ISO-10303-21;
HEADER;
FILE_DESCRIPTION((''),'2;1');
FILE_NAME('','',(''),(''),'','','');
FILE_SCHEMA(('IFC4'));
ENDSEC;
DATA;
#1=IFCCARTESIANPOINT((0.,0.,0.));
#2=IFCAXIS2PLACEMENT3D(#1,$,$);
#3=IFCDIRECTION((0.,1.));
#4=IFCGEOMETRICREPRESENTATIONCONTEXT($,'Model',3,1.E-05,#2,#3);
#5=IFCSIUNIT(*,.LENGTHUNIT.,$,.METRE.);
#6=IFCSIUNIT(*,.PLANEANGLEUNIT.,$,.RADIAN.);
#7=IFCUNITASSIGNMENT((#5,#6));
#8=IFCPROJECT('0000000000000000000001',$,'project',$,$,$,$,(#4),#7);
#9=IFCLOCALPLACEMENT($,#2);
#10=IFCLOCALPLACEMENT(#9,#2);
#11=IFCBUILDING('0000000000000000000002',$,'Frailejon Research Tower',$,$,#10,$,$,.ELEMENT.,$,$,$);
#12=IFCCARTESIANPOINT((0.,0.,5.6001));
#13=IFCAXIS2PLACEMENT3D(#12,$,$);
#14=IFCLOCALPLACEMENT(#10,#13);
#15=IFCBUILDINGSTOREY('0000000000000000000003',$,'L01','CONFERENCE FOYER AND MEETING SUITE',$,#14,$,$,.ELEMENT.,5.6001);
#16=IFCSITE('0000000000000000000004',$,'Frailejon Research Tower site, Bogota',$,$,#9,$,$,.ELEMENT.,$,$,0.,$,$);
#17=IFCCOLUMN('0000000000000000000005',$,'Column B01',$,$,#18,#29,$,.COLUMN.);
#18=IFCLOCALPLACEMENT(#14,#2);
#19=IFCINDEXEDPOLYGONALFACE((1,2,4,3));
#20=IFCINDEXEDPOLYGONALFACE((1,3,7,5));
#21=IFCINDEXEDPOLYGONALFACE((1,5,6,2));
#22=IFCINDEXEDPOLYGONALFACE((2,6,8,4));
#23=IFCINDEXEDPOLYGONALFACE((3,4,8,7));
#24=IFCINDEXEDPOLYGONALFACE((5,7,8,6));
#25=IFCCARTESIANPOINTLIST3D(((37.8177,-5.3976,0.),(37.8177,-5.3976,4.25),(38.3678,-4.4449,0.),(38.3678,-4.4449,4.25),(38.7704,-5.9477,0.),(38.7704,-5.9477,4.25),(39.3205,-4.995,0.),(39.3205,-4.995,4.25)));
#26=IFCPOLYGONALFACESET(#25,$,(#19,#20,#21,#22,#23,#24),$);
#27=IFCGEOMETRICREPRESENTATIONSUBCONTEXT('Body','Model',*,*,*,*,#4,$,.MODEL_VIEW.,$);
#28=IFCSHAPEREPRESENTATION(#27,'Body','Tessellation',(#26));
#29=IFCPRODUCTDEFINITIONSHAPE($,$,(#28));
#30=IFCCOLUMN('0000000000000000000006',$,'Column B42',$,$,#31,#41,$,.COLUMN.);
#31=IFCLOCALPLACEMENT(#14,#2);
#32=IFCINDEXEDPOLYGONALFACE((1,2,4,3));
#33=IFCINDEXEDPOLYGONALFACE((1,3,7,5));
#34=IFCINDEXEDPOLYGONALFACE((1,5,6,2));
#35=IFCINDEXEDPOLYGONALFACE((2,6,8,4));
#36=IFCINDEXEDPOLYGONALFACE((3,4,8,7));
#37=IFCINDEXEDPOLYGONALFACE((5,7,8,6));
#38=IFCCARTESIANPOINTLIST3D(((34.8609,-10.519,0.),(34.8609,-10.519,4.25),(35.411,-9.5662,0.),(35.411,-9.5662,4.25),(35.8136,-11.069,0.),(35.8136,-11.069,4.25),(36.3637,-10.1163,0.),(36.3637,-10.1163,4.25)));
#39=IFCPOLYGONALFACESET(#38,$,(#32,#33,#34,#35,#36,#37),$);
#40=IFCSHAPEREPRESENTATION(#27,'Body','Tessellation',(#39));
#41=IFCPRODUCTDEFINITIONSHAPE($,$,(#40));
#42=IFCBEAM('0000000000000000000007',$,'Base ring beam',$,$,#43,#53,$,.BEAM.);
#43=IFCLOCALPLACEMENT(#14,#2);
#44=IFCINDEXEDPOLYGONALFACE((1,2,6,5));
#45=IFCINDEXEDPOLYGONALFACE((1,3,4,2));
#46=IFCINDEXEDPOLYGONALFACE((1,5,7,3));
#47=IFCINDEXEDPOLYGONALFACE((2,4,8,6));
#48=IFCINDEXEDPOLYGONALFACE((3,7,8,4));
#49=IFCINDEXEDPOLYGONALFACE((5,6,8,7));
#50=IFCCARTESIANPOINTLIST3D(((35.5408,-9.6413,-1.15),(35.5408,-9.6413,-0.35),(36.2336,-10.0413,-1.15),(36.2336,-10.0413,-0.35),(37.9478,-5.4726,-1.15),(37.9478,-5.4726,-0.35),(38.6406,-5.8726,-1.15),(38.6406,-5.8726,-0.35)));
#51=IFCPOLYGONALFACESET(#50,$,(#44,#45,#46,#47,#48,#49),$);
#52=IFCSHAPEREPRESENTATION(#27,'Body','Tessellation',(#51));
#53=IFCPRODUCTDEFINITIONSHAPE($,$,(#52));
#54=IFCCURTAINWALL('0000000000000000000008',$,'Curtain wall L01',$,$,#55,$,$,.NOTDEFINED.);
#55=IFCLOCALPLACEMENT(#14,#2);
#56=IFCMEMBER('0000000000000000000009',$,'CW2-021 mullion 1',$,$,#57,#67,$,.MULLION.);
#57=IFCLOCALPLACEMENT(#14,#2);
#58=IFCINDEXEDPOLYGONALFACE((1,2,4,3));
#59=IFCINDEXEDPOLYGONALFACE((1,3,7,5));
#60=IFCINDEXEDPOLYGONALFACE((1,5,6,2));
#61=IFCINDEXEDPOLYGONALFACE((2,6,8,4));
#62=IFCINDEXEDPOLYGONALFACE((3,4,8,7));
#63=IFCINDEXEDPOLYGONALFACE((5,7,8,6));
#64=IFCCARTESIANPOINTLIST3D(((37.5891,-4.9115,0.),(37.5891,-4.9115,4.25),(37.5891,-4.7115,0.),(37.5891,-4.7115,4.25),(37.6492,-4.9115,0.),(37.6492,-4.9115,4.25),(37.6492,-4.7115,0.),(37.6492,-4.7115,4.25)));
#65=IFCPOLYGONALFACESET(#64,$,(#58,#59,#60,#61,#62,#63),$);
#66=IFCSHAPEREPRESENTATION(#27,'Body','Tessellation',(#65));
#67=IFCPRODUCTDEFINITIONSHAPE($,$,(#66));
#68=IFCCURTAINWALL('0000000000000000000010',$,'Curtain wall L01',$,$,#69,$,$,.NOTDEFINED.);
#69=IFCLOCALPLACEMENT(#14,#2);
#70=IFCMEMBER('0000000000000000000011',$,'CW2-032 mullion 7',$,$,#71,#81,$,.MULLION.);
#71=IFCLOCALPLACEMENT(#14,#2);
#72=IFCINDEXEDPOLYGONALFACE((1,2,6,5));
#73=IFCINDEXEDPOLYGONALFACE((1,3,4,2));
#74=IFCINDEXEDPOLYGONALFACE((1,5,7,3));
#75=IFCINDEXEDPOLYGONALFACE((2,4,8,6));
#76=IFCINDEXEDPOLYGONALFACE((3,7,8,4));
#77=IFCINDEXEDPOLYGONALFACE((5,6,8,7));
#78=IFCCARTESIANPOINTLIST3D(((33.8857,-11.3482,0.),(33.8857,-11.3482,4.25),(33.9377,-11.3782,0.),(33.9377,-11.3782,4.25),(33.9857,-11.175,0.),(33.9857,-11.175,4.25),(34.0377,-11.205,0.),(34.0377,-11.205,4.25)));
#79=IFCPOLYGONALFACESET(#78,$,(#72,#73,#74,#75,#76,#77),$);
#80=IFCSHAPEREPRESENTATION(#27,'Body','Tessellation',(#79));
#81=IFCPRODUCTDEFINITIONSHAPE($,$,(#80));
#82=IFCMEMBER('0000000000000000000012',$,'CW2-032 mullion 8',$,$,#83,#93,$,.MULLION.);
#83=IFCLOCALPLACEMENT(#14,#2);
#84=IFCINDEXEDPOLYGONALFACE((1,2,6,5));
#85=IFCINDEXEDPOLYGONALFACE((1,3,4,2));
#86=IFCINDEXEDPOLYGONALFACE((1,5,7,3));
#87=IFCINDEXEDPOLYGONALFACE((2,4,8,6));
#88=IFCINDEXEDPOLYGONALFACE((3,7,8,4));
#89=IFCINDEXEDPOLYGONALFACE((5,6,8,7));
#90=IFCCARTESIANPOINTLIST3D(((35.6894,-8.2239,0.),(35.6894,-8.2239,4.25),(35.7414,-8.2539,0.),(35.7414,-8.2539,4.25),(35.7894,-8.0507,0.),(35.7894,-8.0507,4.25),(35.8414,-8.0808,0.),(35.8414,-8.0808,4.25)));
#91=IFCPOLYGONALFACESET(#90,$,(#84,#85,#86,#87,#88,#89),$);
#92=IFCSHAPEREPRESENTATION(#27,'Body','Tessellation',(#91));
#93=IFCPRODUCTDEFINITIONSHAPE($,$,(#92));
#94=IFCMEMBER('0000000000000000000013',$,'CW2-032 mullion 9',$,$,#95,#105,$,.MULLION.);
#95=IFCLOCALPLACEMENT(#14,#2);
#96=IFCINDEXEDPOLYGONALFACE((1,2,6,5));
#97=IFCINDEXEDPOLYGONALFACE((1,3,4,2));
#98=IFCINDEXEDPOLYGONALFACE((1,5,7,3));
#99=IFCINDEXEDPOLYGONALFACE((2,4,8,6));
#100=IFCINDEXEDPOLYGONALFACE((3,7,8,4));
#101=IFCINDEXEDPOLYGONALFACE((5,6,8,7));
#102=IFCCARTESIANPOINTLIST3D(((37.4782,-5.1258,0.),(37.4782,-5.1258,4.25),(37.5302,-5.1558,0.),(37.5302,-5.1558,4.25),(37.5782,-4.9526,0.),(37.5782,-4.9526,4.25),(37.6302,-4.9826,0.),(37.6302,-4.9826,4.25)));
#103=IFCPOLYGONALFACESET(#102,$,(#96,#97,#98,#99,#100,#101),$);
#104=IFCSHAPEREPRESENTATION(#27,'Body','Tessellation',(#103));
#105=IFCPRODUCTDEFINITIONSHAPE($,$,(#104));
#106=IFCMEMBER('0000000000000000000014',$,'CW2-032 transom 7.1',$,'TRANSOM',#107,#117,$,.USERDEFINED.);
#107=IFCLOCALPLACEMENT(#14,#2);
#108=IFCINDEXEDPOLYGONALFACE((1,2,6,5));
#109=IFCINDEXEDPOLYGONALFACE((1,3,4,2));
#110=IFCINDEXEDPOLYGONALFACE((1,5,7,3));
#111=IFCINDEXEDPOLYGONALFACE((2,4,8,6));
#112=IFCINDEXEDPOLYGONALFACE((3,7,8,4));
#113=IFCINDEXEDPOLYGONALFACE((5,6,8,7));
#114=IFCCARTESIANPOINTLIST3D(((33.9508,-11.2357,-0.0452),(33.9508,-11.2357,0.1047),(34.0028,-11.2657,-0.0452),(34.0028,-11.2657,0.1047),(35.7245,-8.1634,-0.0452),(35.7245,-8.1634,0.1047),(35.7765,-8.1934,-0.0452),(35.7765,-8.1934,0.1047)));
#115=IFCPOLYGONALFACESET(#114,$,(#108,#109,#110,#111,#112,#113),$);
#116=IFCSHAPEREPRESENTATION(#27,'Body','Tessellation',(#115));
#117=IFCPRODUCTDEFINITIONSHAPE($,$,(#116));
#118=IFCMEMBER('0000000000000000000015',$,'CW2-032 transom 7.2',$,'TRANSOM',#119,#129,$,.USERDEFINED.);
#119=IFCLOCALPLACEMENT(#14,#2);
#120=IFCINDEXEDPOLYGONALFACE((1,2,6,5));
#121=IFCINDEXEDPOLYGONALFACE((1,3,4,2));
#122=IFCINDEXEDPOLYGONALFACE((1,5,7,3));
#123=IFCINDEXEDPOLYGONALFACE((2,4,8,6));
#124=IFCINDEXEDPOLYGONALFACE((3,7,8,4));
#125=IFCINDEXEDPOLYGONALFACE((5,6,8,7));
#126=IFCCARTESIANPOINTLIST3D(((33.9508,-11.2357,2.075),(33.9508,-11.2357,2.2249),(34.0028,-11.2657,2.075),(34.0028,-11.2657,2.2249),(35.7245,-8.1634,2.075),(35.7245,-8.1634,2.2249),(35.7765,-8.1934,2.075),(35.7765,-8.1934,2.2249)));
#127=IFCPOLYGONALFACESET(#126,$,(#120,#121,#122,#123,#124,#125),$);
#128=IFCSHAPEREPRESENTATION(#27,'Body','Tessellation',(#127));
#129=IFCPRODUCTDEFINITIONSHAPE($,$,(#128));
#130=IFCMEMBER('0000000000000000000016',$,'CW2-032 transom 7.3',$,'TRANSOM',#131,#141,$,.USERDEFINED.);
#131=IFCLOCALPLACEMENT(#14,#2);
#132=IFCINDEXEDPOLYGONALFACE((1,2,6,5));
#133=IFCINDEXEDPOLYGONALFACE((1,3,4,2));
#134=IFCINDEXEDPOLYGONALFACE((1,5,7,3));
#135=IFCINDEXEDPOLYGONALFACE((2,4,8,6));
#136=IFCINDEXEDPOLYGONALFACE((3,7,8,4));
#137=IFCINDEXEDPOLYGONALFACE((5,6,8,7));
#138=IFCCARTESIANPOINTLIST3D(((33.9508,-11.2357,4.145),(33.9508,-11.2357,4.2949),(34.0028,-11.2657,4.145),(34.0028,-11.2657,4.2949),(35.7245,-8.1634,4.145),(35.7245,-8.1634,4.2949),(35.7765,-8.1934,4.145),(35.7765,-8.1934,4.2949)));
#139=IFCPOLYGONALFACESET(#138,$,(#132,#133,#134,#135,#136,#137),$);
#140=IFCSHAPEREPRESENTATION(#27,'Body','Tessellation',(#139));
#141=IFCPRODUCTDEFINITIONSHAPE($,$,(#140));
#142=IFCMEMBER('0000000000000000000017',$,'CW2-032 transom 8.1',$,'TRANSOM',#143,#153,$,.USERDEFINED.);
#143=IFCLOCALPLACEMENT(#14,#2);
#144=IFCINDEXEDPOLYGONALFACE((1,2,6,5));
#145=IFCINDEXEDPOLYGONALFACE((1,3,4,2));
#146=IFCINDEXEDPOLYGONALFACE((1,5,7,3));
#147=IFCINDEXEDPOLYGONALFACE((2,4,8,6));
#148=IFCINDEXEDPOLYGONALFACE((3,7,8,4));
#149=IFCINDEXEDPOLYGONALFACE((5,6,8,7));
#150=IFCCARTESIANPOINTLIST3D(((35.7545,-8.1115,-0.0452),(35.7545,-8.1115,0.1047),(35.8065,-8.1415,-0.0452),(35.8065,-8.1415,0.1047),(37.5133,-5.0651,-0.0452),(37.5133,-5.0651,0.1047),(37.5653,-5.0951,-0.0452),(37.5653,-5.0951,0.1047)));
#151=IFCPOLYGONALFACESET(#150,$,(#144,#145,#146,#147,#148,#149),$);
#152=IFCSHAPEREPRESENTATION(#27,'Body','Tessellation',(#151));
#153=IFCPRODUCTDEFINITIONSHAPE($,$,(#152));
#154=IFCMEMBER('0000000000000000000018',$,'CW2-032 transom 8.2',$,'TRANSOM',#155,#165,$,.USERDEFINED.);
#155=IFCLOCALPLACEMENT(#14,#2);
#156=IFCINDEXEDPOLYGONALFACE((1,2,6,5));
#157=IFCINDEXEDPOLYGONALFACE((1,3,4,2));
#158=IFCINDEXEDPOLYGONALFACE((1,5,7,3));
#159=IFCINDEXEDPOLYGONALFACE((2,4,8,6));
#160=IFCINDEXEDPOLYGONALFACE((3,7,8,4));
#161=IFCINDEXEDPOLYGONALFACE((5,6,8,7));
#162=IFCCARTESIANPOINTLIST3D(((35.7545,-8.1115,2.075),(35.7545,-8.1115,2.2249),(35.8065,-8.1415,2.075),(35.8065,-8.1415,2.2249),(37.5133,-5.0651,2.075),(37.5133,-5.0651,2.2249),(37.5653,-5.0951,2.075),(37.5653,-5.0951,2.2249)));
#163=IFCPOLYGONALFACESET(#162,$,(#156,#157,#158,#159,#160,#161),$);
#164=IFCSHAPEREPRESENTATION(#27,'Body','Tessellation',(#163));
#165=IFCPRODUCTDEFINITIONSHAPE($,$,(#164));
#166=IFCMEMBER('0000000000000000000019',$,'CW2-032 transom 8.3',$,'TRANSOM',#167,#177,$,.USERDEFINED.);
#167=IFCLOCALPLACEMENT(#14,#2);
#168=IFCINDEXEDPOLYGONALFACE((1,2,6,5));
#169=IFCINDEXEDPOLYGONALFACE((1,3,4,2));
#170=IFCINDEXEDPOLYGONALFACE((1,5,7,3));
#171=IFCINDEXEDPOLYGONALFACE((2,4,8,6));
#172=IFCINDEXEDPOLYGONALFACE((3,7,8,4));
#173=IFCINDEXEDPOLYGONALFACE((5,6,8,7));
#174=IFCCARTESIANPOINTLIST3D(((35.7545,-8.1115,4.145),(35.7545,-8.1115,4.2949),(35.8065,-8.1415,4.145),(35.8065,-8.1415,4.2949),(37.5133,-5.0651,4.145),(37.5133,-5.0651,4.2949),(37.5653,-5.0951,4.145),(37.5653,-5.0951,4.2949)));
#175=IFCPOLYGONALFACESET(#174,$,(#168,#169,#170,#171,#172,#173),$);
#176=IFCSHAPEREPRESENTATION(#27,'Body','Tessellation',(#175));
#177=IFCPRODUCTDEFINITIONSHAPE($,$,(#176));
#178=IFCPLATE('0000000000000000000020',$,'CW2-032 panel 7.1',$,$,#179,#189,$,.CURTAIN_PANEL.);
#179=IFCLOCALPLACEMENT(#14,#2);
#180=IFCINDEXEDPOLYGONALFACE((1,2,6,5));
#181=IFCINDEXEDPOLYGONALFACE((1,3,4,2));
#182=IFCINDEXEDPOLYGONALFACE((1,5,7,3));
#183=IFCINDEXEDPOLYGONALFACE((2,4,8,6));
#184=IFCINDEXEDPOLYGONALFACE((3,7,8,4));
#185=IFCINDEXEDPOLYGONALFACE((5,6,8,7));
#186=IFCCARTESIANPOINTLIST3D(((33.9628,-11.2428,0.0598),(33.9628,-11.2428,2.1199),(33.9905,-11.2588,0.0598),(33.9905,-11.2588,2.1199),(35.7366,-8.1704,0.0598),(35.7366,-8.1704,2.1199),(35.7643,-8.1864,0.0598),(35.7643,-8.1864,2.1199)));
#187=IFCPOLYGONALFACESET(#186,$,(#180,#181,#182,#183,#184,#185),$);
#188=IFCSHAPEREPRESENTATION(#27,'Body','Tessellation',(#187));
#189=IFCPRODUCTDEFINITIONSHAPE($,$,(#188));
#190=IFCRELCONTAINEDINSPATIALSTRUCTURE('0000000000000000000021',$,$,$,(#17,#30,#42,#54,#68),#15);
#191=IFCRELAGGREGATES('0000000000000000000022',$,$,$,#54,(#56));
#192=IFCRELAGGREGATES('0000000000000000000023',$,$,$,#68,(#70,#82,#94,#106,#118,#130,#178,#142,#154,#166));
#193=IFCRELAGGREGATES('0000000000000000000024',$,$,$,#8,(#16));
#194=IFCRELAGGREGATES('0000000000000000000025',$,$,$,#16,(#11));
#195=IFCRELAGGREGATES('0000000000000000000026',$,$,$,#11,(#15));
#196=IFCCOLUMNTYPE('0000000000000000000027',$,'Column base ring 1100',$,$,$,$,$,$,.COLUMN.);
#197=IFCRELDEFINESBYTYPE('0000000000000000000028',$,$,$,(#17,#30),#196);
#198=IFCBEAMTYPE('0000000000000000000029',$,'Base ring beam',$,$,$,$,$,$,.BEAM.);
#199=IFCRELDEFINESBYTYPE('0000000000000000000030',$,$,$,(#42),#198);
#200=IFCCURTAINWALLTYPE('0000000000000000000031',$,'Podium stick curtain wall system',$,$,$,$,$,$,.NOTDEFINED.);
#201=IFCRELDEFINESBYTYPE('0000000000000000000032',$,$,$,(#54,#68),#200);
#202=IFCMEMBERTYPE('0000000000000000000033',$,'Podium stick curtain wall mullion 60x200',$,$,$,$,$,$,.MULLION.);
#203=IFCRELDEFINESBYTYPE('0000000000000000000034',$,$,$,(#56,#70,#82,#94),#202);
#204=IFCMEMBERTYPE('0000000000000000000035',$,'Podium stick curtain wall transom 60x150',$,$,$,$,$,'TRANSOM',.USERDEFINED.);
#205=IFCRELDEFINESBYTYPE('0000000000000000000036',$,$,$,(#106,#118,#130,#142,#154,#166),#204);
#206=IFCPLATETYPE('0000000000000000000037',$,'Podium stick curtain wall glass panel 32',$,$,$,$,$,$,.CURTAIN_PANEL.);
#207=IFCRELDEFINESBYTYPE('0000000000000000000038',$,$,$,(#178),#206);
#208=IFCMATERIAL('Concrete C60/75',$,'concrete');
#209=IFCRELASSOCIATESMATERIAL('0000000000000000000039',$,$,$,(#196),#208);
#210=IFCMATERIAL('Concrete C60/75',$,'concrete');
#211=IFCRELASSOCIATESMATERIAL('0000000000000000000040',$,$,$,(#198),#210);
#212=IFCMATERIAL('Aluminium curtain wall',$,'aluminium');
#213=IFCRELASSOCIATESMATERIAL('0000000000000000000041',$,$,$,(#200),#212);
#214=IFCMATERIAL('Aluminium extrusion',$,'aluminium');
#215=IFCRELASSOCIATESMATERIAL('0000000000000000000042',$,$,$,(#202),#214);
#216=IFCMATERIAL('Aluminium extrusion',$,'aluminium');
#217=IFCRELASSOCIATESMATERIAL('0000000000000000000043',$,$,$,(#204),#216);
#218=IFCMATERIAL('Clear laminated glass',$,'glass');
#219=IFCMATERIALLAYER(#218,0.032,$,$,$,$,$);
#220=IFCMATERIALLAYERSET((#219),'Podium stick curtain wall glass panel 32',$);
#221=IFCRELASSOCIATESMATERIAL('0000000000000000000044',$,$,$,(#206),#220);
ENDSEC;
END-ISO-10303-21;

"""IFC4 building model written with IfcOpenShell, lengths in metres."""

from ifc_helpers import new_model, si_unit, direction, frame, origin, origin_2d, place, context, subcontext, project, spatial, rectangle, extrude, material, layer, layer_set, material_profile, profile_set, type_object, element, aggregate, save


model = new_model("IFC4")

# Units and contexts
model_context = context("Model", 3, precision=1e-05, world=origin(), true_north=direction((0.0, 1.0)))
body_context = subcontext(model_context, "Body", "Model", "MODEL_VIEW")
ifc_project = project(units=[si_unit("LENGTHUNIT", "METRE"), si_unit("PLANEANGLEUNIT", "RADIAN")], contexts=[model_context])

# Site, building, storey
site_placement = place(None, origin())
site = spatial("IfcSite", under=ifc_project, at=site_placement, Name="Frailejon Research Tower site, Bogota", CompositionType="ELEMENT", RefElevation=0.0)
building_placement = place(site_placement, origin())
building = spatial("IfcBuilding", under=site, at=building_placement, Name="Frailejon Research Tower", CompositionType="ELEMENT")
storey_placement = place(building_placement, frame((0.0, 0.0, 5.6001)))
storey = spatial("IfcBuildingStorey", under=building, at=storey_placement, Name="L01", Description="CONFERENCE FOYER AND MEETING SUITE", CompositionType="ELEMENT", Elevation=5.6001)

# Columns
ifc_material_1 = material(Name="Concrete C60/75", Category="concrete")
ifc_material_profile_1 = material_profile(ifc_material_1, rectangle(XDim=1.1001, YDim=1.1001, at=origin_2d()), Name="Column base ring 1100")
ifc_profile_set_1 = profile_set([ifc_material_profile_1], Name="Concrete C60/75")
column_type = type_object("IfcColumnType", Name="Column base ring 1100", PredefinedType="COLUMN", material=ifc_profile_set_1)
for number, where, z_axis, x_axis, name in (
    (1, (38.5691, -5.1963, 0.0), (0.0, 0.0, 1.0), (0.5, 0.866025, 0.0), "Column B01"),
    (2, (35.6123, -10.3176, 0.0), (0.0, 0.0, 1.0), (0.5, 0.866025, 0.0), "Column B42"),
):
    element("IfcColumn", number, at=place(storey_placement, frame(where, z_axis=z_axis, x_axis=x_axis)), inside=storey, type_object=column_type, Name=name, PredefinedType="COLUMN", context=body_context, shape_type="SweptSolid", body=[
        extrude(rectangle(XDim=1.1001, YDim=1.1001, at=origin_2d()), origin(), (0.0, 0.0, 1.0), 4.25),
    ])

# Beam
ifc_material_2 = material(Name="Concrete C60/75", Category="concrete")
ifc_material_profile_2 = material_profile(ifc_material_2, rectangle(XDim=0.8, YDim=0.8, at=origin_2d()), Name="Base ring beam")
ifc_profile_set_2 = profile_set([ifc_material_profile_2], Name="Concrete C60/75")
beam_type = type_object("IfcBeamType", Name="Base ring beam", PredefinedType="BEAM", material=ifc_profile_set_2)
beam_placement = place(storey_placement, frame((35.8872, -9.8413, -0.75), z_axis=(0.500028, 0.866009, 0.0), x_axis=(-0.866009, 0.500028, 0.0)))
element("IfcBeam", 3, at=beam_placement, inside=storey, type_object=beam_type, Name="Base ring beam", PredefinedType="BEAM", context=body_context, shape_type="SweptSolid", body=[
    extrude(rectangle(XDim=0.8, YDim=0.8, at=origin_2d()), origin(), (0.0, 0.0, 1.0), 4.8137),
])

# Curtain wall, member
ifc_material_3 = material(Name="Aluminium curtain wall", Category="aluminium")
curtain_wall_type = type_object("IfcCurtainWallType", Name="Podium stick curtain wall system", PredefinedType="NOTDEFINED", material=ifc_material_3)
curtain_wall_1_placement = place(storey_placement, origin())
curtain_wall_1 = element("IfcCurtainWall", 4, at=curtain_wall_1_placement, inside=storey, type_object=curtain_wall_type, Name="Curtain wall L01", PredefinedType="NOTDEFINED")
ifc_material_4 = material(Name="Aluminium extrusion", Category="aluminium")
ifc_material_profile_3 = material_profile(ifc_material_4, rectangle(XDim=0.0601, YDim=0.2, at=origin_2d()), Name="Podium stick curtain wall mullion 60x200")
ifc_profile_set_3 = profile_set([ifc_material_profile_3], Name="Aluminium extrusion")
member_type_1 = type_object("IfcMemberType", Name="Podium stick curtain wall mullion 60x200", PredefinedType="MULLION", material=ifc_profile_set_3)
member_1_placement = place(storey_placement, frame((37.6191, -4.8115, 0.0), z_axis=(0.0, 0.0, 1.0), x_axis=(-1.0, 0.0, 0.0)))
member_1 = element("IfcMember", 5, at=member_1_placement, type_object=member_type_1, Name="CW2-021 mullion 1", PredefinedType="MULLION", context=body_context, shape_type="SweptSolid", body=[
    extrude(rectangle(XDim=0.0601, YDim=0.2, at=origin_2d()), origin(), (0.0, 0.0, 1.0), 4.25),
])
aggregate(curtain_wall_1, [member_1])

# Curtain wall, members, plate
curtain_wall_2_placement = place(storey_placement, origin())
curtain_wall_2 = element("IfcCurtainWall", 6, at=curtain_wall_2_placement, inside=storey, type_object=curtain_wall_type, Name="Curtain wall L01", PredefinedType="NOTDEFINED")
member_2_placement = place(storey_placement, frame((33.9617, -11.2766, 0.0), z_axis=(0.0, 0.0, 1.0), x_axis=(-0.866026, 0.499998, 0.0)))
member_2 = element("IfcMember", 7, at=member_2_placement, type_object=member_type_1, Name="CW2-032 mullion 7", PredefinedType="MULLION", context=body_context, shape_type="SweptSolid", body=[
    extrude(rectangle(XDim=0.0601, YDim=0.2, at=origin_2d()), origin(), (0.0, 0.0, 1.0), 4.25),
])
member_3_placement = place(storey_placement, frame((35.7654, -8.1523, 0.0), z_axis=(0.0, 0.0, 1.0), x_axis=(-0.866026, 0.499998, 0.0)))
member_3 = element("IfcMember", 8, at=member_3_placement, type_object=member_type_1, Name="CW2-032 mullion 8", PredefinedType="MULLION", context=body_context, shape_type="SweptSolid", body=[
    extrude(rectangle(XDim=0.0601, YDim=0.2, at=origin_2d()), origin(), (0.0, 0.0, 1.0), 4.25),
])
member_4_placement = place(storey_placement, frame((37.5542, -5.0542, 0.0), z_axis=(0.0, 0.0, 1.0), x_axis=(-0.866026, 0.499998, 0.0)))
member_4 = element("IfcMember", 9, at=member_4_placement, type_object=member_type_1, Name="CW2-032 mullion 9", PredefinedType="MULLION", context=body_context, shape_type="SweptSolid", body=[
    extrude(rectangle(XDim=0.0601, YDim=0.2, at=origin_2d()), origin(), (0.0, 0.0, 1.0), 4.25),
])
ifc_material_5 = material(Name="Aluminium extrusion", Category="aluminium")
ifc_material_profile_4 = material_profile(ifc_material_5, rectangle(XDim=0.0601, YDim=0.1499, at=origin_2d()), Name="Podium stick curtain wall transom 60x150")
ifc_profile_set_4 = profile_set([ifc_material_profile_4], Name="Aluminium extrusion")
member_type_2 = type_object("IfcMemberType", Name="Podium stick curtain wall transom 60x150", ElementType="TRANSOM", PredefinedType="USERDEFINED", material=ifc_profile_set_4)
member_5_placement = place(storey_placement, frame((33.9768, -11.2507, 0.0298), z_axis=(0.499981, 0.866037, 0.0), x_axis=(-0.866037, 0.499981, 0.0)))
member_5 = element("IfcMember", 10, at=member_5_placement, type_object=member_type_2, Name="CW2-032 transom 7.1", ObjectType="TRANSOM", PredefinedType="USERDEFINED", context=body_context, shape_type="SweptSolid", body=[
    extrude(rectangle(XDim=0.0601, YDim=0.1499, at=origin_2d()), origin(), (0.0, 0.0, 1.0), 3.5476),
])
member_6_placement = place(storey_placement, frame((33.9768, -11.2507, 2.1499), z_axis=(0.499981, 0.866037, 0.0), x_axis=(-0.866037, 0.499981, 0.0)))
member_6 = element("IfcMember", 11, at=member_6_placement, type_object=member_type_2, Name="CW2-032 transom 7.2", ObjectType="TRANSOM", PredefinedType="USERDEFINED", context=body_context, shape_type="SweptSolid", body=[
    extrude(rectangle(XDim=0.0601, YDim=0.1499, at=origin_2d()), origin(), (0.0, 0.0, 1.0), 3.5476),
])
member_7_placement = place(storey_placement, frame((33.9768, -11.2507, 4.22), z_axis=(0.499981, 0.866037, 0.0), x_axis=(-0.866037, 0.499981, 0.0)))
member_7 = element("IfcMember", 12, at=member_7_placement, type_object=member_type_2, Name="CW2-032 transom 7.3", ObjectType="TRANSOM", PredefinedType="USERDEFINED", context=body_context, shape_type="SweptSolid", body=[
    extrude(rectangle(XDim=0.0601, YDim=0.1499, at=origin_2d()), origin(), (0.0, 0.0, 1.0), 3.5476),
])
member_8_placement = place(storey_placement, frame((35.7805, -8.1265, 0.0298), z_axis=(0.499991, 0.866031, 0.0), x_axis=(-0.866031, 0.499991, 0.0)))
member_8 = element("IfcMember", 13, at=member_8_placement, type_object=member_type_2, Name="CW2-032 transom 8.1", ObjectType="TRANSOM", PredefinedType="USERDEFINED", context=body_context, shape_type="SweptSolid", body=[
    extrude(rectangle(XDim=0.0601, YDim=0.1499, at=origin_2d()), origin(), (0.0, 0.0, 1.0), 3.5176),
])
member_9_placement = place(storey_placement, frame((35.7805, -8.1265, 2.1499), z_axis=(0.499991, 0.866031, 0.0), x_axis=(-0.866031, 0.499991, 0.0)))
member_9 = element("IfcMember", 14, at=member_9_placement, type_object=member_type_2, Name="CW2-032 transom 8.2", ObjectType="TRANSOM", PredefinedType="USERDEFINED", context=body_context, shape_type="SweptSolid", body=[
    extrude(rectangle(XDim=0.0601, YDim=0.1499, at=origin_2d()), origin(), (0.0, 0.0, 1.0), 3.5176),
])
member_10_placement = place(storey_placement, frame((35.7805, -8.1265, 4.22), z_axis=(0.499991, 0.866031, 0.0), x_axis=(-0.866031, 0.499991, 0.0)))
member_10 = element("IfcMember", 15, at=member_10_placement, type_object=member_type_2, Name="CW2-032 transom 8.3", ObjectType="TRANSOM", PredefinedType="USERDEFINED", context=body_context, shape_type="SweptSolid", body=[
    extrude(rectangle(XDim=0.0601, YDim=0.1499, at=origin_2d()), origin(), (0.0, 0.0, 1.0), 3.5176),
])
ifc_material_6 = material(Name="Clear laminated glass", Category="glass")
ifc_layer_1 = layer(ifc_material_6, 0.032)
ifc_layer_set_1 = layer_set([ifc_layer_1], Name="Podium stick curtain wall glass panel 32")
plate_type = type_object("IfcPlateType", Name="Podium stick curtain wall glass panel 32", PredefinedType="CURTAIN_PANEL", material=ifc_layer_set_1)
plate_1_placement = place(storey_placement, frame((34.8635, -9.7146, 0.0598), z_axis=(0.0, 0.0, 1.0), x_axis=(0.499998, 0.866026, 0.0)))
plate_1 = element("IfcPlate", 16, at=plate_1_placement, type_object=plate_type, Name="CW2-032 panel 7.1", PredefinedType="CURTAIN_PANEL", context=body_context, shape_type="SweptSolid", body=[
    extrude(rectangle(XDim=3.5476, YDim=0.032, at=origin_2d()), origin(), (0.0, 0.0, 1.0), 2.0601),
])
aggregate(curtain_wall_2, [member_2, member_3, member_4, member_5, member_6, member_7, plate_1, member_8, member_9, member_10])

save(model, "model.ifc")
